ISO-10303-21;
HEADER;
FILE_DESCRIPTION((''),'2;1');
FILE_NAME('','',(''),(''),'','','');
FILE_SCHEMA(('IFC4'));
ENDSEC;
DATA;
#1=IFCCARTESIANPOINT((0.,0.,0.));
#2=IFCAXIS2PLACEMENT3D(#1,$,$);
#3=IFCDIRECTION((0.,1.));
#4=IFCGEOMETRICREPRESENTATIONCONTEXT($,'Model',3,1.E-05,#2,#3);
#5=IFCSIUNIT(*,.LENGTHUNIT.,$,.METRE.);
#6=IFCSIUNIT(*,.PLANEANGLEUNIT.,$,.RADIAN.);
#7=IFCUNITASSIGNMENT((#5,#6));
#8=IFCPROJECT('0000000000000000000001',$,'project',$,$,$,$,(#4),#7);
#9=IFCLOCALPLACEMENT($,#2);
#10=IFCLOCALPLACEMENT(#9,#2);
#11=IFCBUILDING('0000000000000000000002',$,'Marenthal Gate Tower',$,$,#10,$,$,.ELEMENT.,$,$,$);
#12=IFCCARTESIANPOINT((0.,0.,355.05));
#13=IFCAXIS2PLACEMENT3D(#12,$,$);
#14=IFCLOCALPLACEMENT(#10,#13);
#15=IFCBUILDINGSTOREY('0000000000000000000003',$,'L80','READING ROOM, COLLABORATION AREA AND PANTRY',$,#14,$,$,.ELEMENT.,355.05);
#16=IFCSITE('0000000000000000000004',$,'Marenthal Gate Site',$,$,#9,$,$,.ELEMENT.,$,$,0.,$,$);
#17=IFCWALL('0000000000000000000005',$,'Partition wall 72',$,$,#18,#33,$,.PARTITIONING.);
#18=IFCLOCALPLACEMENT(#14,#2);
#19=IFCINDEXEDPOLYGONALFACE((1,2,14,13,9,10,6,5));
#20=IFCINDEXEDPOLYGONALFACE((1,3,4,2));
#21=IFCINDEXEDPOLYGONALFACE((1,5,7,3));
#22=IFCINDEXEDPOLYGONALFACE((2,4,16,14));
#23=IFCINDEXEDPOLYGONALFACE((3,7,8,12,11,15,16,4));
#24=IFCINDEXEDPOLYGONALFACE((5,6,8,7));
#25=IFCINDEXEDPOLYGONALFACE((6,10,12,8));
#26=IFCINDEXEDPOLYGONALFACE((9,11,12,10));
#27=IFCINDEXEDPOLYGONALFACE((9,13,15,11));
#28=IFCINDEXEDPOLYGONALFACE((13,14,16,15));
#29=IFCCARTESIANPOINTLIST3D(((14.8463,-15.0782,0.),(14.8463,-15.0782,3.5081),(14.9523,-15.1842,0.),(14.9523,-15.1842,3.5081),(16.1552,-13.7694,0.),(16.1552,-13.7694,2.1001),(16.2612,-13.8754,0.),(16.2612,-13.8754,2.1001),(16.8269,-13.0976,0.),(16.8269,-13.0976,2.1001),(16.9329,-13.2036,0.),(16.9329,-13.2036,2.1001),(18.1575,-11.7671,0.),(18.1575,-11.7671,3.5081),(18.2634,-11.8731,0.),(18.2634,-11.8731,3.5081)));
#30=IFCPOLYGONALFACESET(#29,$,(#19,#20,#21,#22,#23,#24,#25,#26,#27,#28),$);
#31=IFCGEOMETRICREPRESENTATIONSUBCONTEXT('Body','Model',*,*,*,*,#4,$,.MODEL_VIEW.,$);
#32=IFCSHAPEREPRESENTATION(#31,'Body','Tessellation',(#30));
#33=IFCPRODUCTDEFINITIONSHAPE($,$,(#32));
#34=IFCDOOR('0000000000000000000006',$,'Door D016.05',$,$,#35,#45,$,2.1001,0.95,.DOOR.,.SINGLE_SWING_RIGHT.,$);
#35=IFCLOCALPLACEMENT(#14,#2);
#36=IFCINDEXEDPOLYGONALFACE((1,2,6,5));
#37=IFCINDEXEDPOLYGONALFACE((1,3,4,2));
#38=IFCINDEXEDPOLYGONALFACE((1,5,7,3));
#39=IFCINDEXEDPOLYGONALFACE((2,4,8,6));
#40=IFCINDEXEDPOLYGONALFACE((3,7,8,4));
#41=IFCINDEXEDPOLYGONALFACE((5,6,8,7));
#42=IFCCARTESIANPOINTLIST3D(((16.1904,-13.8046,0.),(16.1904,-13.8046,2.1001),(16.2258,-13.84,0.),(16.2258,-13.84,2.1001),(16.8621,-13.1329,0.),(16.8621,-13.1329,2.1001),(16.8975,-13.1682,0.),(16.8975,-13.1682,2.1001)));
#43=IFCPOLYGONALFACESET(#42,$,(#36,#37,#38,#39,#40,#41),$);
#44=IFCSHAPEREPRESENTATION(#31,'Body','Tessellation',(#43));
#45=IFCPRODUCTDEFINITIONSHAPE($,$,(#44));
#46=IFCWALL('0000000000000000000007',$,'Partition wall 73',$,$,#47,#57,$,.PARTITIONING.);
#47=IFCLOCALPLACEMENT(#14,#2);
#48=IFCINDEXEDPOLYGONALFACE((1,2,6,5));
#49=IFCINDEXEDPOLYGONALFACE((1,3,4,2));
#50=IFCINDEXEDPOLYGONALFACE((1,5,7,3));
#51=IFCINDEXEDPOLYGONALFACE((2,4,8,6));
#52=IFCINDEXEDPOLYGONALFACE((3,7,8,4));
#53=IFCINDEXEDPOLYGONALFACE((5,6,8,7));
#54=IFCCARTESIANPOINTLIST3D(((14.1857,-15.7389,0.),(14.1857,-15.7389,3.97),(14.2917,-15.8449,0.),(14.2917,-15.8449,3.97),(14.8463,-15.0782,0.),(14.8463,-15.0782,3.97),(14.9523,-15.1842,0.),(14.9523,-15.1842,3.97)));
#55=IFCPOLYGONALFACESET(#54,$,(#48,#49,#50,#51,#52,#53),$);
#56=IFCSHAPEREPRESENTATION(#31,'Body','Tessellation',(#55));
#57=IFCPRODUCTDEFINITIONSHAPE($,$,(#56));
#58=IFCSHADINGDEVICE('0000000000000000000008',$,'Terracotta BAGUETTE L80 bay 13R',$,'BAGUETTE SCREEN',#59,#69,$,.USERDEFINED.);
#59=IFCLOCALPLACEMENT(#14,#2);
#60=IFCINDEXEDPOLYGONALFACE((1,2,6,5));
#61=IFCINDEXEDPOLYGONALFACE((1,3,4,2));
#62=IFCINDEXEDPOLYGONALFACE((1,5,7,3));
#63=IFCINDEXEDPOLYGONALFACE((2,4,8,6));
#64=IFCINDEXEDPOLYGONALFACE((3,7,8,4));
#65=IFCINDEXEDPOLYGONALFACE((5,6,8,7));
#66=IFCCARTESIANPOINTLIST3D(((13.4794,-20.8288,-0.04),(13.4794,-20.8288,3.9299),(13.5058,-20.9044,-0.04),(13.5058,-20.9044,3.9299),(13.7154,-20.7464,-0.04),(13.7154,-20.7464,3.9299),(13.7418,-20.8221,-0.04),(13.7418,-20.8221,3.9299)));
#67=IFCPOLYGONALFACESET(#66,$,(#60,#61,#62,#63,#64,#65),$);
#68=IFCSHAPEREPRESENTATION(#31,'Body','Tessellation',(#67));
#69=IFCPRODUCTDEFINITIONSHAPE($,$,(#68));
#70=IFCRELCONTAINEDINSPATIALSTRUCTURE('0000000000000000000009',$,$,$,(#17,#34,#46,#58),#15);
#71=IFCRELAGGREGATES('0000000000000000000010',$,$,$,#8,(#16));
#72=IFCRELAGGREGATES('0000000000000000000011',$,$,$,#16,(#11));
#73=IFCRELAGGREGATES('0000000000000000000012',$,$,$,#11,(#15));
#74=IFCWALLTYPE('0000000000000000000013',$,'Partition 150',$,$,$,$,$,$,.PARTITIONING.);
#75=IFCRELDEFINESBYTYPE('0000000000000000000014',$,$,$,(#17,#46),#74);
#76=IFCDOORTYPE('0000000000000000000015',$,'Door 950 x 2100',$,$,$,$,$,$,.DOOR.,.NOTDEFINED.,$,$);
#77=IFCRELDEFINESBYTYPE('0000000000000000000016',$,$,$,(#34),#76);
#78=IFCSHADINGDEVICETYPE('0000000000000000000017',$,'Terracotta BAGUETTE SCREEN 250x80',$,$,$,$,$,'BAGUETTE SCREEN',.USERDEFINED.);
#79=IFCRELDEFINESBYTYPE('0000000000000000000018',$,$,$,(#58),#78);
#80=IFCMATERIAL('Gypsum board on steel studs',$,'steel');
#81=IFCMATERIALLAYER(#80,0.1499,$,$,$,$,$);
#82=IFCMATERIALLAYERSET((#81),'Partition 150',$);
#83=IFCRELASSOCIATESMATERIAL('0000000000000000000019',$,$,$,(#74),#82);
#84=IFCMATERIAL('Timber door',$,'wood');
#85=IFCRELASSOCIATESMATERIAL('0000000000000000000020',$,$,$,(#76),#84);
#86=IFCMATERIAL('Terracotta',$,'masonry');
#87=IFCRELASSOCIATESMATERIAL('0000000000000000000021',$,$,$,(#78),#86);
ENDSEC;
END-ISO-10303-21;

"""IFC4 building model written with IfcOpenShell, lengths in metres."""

from ifc_helpers import new_model, si_unit, direction, frame, frame_2d, origin, origin_2d, place, context, subcontext, project, spatial, rectangle, extrude, material, layer, layer_set, material_profile, profile_set, type_object, element, fill, save


model = new_model("IFC4")

# Units and contexts
model_context = context("Model", 3, precision=1e-05, world=origin(), true_north=direction((0.0, 1.0)))
body_context = subcontext(model_context, "Body", "Model", "MODEL_VIEW")
ifc_project = project(units=[si_unit("LENGTHUNIT", "METRE"), si_unit("PLANEANGLEUNIT", "RADIAN")], contexts=[model_context])

# Site, building, storey
site_placement = place(None, origin())
site = spatial("IfcSite", under=ifc_project, at=site_placement, Name="Marenthal Gate Site", CompositionType="ELEMENT", RefElevation=0.0)
building_placement = place(site_placement, origin())
building = spatial("IfcBuilding", under=site, at=building_placement, Name="Marenthal Gate Tower", CompositionType="ELEMENT")
storey_placement = place(building_placement, frame((0.0, 0.0, 355.05)))
storey = spatial("IfcBuildingStorey", under=building, at=storey_placement, Name="L80", Description="READING ROOM, COLLABORATION AREA AND PANTRY", CompositionType="ELEMENT", Elevation=355.05)

# Shared definitions
ifc_material_1 = material(Name="Gypsum board on steel studs", Category="steel")
ifc_layer_1 = layer(ifc_material_1, 0.1499)
ifc_layer_set_1 = layer_set([ifc_layer_1], Name="Partition 150")
wall_type_1 = type_object("IfcWallType", Name="Partition 150", PredefinedType="PARTITIONING", material=ifc_layer_set_1)

# Wall, opening, door
wall_1_placement = place(storey_placement, frame((18.2104, -11.8201, 0.0), z_axis=(0.0, 0.0, 1.0), x_axis=(-0.707107, -0.707107, 0.0)))
wall_1 = element("IfcWall", 1, at=wall_1_placement, inside=storey, type_object=wall_type_1, Name="Partition wall 72", PredefinedType="PARTITIONING", context=body_context, shape_type="SweptSolid", body=[
    extrude(rectangle(XDim=4.6826, YDim=0.1499, at=frame_2d((2.3413, 0.0))), origin(), (0.0, 0.0, 1.0), 3.5081),
])
opening_1_placement = place(wall_1_placement, frame((1.8816, 0.0, 0.0)))
opening_1 = element("IfcOpeningElement", 2, at=opening_1_placement, cuts=wall_1, PredefinedType="OPENING", context=body_context, shape_type="SweptSolid", body=[
    extrude(rectangle(XDim=0.95, YDim=2.1001, at=frame_2d((0.4751, 1.05))), frame((0.0, 0.085, 0.0), z_axis=(0.0, -1.0, 0.0), x_axis=(1.0, 0.0, 0.0)), (0.0, 0.0, 1.0), 0.1699),
])
ifc_material_2 = material(Name="Timber door", Category="wood")
door_type_1 = type_object("IfcDoorType", Name="Door 950 x 2100", OperationType="NOTDEFINED", PredefinedType="DOOR", material=ifc_material_2)
door_1_placement = place(opening_1_placement, origin())
door_1 = element("IfcDoor", 3, at=door_1_placement, inside=storey, type_object=door_type_1, Name="Door D016.05", OperationType="SINGLE_SWING_RIGHT", OverallHeight=2.1001, OverallWidth=0.95, PredefinedType="DOOR", context=body_context, shape_type="SweptSolid", body=[
    extrude(rectangle(XDim=0.95, YDim=2.1001, at=frame_2d((0.4751, 1.05))), frame((0.0, 0.0249, 0.0), z_axis=(0.0, -1.0, 0.0), x_axis=(1.0, 0.0, 0.0)), (0.0, 0.0, 1.0), 0.05),
])
fill(opening_1, door_1)

# Wall
wall_2_placement = place(storey_placement, frame((14.8994, -15.1311, 0.0), z_axis=(0.0, 0.0, 1.0), x_axis=(-0.707107, -0.707107, 0.0)))
element("IfcWall", 4, at=wall_2_placement, inside=storey, type_object=wall_type_1, Name="Partition wall 73", PredefinedType="PARTITIONING", context=body_context, shape_type="SweptSolid", body=[
    extrude(rectangle(XDim=0.9343, YDim=0.1499, at=frame_2d((0.4673, 0.0))), origin(), (0.0, 0.0, 1.0), 3.97),
])

# Shading device
ifc_material_3 = material(Name="Terracotta", Category="masonry")
ifc_material_profile_1 = material_profile(ifc_material_3, rectangle(XDim=0.25, YDim=0.0801, at=origin_2d()), Name="Terracotta baguette 250x80")
ifc_profile_set_1 = profile_set([ifc_material_profile_1], Name="Terracotta")
shading_device_type = type_object("IfcShadingDeviceType", Name="Terracotta BAGUETTE SCREEN 250x80", ElementType="BAGUETTE SCREEN", PredefinedType="USERDEFINED", material=ifc_profile_set_1)
shading_device_placement = place(storey_placement, frame((13.6106, -20.8254, -0.04), z_axis=(0.0, 0.0, 1.0), x_axis=(0.944152, 0.32951, 0.0)))
element("IfcShadingDevice", 5, at=shading_device_placement, inside=storey, type_object=shading_device_type, Name="Terracotta BAGUETTE L80 bay 13R", ObjectType="BAGUETTE SCREEN", PredefinedType="USERDEFINED", context=body_context, shape_type="SweptSolid", body=[
    extrude(rectangle(XDim=0.25, YDim=0.0801, at=origin_2d()), origin(), (0.0, 0.0, 1.0), 3.97),
])

save(model, "model.ifc")
